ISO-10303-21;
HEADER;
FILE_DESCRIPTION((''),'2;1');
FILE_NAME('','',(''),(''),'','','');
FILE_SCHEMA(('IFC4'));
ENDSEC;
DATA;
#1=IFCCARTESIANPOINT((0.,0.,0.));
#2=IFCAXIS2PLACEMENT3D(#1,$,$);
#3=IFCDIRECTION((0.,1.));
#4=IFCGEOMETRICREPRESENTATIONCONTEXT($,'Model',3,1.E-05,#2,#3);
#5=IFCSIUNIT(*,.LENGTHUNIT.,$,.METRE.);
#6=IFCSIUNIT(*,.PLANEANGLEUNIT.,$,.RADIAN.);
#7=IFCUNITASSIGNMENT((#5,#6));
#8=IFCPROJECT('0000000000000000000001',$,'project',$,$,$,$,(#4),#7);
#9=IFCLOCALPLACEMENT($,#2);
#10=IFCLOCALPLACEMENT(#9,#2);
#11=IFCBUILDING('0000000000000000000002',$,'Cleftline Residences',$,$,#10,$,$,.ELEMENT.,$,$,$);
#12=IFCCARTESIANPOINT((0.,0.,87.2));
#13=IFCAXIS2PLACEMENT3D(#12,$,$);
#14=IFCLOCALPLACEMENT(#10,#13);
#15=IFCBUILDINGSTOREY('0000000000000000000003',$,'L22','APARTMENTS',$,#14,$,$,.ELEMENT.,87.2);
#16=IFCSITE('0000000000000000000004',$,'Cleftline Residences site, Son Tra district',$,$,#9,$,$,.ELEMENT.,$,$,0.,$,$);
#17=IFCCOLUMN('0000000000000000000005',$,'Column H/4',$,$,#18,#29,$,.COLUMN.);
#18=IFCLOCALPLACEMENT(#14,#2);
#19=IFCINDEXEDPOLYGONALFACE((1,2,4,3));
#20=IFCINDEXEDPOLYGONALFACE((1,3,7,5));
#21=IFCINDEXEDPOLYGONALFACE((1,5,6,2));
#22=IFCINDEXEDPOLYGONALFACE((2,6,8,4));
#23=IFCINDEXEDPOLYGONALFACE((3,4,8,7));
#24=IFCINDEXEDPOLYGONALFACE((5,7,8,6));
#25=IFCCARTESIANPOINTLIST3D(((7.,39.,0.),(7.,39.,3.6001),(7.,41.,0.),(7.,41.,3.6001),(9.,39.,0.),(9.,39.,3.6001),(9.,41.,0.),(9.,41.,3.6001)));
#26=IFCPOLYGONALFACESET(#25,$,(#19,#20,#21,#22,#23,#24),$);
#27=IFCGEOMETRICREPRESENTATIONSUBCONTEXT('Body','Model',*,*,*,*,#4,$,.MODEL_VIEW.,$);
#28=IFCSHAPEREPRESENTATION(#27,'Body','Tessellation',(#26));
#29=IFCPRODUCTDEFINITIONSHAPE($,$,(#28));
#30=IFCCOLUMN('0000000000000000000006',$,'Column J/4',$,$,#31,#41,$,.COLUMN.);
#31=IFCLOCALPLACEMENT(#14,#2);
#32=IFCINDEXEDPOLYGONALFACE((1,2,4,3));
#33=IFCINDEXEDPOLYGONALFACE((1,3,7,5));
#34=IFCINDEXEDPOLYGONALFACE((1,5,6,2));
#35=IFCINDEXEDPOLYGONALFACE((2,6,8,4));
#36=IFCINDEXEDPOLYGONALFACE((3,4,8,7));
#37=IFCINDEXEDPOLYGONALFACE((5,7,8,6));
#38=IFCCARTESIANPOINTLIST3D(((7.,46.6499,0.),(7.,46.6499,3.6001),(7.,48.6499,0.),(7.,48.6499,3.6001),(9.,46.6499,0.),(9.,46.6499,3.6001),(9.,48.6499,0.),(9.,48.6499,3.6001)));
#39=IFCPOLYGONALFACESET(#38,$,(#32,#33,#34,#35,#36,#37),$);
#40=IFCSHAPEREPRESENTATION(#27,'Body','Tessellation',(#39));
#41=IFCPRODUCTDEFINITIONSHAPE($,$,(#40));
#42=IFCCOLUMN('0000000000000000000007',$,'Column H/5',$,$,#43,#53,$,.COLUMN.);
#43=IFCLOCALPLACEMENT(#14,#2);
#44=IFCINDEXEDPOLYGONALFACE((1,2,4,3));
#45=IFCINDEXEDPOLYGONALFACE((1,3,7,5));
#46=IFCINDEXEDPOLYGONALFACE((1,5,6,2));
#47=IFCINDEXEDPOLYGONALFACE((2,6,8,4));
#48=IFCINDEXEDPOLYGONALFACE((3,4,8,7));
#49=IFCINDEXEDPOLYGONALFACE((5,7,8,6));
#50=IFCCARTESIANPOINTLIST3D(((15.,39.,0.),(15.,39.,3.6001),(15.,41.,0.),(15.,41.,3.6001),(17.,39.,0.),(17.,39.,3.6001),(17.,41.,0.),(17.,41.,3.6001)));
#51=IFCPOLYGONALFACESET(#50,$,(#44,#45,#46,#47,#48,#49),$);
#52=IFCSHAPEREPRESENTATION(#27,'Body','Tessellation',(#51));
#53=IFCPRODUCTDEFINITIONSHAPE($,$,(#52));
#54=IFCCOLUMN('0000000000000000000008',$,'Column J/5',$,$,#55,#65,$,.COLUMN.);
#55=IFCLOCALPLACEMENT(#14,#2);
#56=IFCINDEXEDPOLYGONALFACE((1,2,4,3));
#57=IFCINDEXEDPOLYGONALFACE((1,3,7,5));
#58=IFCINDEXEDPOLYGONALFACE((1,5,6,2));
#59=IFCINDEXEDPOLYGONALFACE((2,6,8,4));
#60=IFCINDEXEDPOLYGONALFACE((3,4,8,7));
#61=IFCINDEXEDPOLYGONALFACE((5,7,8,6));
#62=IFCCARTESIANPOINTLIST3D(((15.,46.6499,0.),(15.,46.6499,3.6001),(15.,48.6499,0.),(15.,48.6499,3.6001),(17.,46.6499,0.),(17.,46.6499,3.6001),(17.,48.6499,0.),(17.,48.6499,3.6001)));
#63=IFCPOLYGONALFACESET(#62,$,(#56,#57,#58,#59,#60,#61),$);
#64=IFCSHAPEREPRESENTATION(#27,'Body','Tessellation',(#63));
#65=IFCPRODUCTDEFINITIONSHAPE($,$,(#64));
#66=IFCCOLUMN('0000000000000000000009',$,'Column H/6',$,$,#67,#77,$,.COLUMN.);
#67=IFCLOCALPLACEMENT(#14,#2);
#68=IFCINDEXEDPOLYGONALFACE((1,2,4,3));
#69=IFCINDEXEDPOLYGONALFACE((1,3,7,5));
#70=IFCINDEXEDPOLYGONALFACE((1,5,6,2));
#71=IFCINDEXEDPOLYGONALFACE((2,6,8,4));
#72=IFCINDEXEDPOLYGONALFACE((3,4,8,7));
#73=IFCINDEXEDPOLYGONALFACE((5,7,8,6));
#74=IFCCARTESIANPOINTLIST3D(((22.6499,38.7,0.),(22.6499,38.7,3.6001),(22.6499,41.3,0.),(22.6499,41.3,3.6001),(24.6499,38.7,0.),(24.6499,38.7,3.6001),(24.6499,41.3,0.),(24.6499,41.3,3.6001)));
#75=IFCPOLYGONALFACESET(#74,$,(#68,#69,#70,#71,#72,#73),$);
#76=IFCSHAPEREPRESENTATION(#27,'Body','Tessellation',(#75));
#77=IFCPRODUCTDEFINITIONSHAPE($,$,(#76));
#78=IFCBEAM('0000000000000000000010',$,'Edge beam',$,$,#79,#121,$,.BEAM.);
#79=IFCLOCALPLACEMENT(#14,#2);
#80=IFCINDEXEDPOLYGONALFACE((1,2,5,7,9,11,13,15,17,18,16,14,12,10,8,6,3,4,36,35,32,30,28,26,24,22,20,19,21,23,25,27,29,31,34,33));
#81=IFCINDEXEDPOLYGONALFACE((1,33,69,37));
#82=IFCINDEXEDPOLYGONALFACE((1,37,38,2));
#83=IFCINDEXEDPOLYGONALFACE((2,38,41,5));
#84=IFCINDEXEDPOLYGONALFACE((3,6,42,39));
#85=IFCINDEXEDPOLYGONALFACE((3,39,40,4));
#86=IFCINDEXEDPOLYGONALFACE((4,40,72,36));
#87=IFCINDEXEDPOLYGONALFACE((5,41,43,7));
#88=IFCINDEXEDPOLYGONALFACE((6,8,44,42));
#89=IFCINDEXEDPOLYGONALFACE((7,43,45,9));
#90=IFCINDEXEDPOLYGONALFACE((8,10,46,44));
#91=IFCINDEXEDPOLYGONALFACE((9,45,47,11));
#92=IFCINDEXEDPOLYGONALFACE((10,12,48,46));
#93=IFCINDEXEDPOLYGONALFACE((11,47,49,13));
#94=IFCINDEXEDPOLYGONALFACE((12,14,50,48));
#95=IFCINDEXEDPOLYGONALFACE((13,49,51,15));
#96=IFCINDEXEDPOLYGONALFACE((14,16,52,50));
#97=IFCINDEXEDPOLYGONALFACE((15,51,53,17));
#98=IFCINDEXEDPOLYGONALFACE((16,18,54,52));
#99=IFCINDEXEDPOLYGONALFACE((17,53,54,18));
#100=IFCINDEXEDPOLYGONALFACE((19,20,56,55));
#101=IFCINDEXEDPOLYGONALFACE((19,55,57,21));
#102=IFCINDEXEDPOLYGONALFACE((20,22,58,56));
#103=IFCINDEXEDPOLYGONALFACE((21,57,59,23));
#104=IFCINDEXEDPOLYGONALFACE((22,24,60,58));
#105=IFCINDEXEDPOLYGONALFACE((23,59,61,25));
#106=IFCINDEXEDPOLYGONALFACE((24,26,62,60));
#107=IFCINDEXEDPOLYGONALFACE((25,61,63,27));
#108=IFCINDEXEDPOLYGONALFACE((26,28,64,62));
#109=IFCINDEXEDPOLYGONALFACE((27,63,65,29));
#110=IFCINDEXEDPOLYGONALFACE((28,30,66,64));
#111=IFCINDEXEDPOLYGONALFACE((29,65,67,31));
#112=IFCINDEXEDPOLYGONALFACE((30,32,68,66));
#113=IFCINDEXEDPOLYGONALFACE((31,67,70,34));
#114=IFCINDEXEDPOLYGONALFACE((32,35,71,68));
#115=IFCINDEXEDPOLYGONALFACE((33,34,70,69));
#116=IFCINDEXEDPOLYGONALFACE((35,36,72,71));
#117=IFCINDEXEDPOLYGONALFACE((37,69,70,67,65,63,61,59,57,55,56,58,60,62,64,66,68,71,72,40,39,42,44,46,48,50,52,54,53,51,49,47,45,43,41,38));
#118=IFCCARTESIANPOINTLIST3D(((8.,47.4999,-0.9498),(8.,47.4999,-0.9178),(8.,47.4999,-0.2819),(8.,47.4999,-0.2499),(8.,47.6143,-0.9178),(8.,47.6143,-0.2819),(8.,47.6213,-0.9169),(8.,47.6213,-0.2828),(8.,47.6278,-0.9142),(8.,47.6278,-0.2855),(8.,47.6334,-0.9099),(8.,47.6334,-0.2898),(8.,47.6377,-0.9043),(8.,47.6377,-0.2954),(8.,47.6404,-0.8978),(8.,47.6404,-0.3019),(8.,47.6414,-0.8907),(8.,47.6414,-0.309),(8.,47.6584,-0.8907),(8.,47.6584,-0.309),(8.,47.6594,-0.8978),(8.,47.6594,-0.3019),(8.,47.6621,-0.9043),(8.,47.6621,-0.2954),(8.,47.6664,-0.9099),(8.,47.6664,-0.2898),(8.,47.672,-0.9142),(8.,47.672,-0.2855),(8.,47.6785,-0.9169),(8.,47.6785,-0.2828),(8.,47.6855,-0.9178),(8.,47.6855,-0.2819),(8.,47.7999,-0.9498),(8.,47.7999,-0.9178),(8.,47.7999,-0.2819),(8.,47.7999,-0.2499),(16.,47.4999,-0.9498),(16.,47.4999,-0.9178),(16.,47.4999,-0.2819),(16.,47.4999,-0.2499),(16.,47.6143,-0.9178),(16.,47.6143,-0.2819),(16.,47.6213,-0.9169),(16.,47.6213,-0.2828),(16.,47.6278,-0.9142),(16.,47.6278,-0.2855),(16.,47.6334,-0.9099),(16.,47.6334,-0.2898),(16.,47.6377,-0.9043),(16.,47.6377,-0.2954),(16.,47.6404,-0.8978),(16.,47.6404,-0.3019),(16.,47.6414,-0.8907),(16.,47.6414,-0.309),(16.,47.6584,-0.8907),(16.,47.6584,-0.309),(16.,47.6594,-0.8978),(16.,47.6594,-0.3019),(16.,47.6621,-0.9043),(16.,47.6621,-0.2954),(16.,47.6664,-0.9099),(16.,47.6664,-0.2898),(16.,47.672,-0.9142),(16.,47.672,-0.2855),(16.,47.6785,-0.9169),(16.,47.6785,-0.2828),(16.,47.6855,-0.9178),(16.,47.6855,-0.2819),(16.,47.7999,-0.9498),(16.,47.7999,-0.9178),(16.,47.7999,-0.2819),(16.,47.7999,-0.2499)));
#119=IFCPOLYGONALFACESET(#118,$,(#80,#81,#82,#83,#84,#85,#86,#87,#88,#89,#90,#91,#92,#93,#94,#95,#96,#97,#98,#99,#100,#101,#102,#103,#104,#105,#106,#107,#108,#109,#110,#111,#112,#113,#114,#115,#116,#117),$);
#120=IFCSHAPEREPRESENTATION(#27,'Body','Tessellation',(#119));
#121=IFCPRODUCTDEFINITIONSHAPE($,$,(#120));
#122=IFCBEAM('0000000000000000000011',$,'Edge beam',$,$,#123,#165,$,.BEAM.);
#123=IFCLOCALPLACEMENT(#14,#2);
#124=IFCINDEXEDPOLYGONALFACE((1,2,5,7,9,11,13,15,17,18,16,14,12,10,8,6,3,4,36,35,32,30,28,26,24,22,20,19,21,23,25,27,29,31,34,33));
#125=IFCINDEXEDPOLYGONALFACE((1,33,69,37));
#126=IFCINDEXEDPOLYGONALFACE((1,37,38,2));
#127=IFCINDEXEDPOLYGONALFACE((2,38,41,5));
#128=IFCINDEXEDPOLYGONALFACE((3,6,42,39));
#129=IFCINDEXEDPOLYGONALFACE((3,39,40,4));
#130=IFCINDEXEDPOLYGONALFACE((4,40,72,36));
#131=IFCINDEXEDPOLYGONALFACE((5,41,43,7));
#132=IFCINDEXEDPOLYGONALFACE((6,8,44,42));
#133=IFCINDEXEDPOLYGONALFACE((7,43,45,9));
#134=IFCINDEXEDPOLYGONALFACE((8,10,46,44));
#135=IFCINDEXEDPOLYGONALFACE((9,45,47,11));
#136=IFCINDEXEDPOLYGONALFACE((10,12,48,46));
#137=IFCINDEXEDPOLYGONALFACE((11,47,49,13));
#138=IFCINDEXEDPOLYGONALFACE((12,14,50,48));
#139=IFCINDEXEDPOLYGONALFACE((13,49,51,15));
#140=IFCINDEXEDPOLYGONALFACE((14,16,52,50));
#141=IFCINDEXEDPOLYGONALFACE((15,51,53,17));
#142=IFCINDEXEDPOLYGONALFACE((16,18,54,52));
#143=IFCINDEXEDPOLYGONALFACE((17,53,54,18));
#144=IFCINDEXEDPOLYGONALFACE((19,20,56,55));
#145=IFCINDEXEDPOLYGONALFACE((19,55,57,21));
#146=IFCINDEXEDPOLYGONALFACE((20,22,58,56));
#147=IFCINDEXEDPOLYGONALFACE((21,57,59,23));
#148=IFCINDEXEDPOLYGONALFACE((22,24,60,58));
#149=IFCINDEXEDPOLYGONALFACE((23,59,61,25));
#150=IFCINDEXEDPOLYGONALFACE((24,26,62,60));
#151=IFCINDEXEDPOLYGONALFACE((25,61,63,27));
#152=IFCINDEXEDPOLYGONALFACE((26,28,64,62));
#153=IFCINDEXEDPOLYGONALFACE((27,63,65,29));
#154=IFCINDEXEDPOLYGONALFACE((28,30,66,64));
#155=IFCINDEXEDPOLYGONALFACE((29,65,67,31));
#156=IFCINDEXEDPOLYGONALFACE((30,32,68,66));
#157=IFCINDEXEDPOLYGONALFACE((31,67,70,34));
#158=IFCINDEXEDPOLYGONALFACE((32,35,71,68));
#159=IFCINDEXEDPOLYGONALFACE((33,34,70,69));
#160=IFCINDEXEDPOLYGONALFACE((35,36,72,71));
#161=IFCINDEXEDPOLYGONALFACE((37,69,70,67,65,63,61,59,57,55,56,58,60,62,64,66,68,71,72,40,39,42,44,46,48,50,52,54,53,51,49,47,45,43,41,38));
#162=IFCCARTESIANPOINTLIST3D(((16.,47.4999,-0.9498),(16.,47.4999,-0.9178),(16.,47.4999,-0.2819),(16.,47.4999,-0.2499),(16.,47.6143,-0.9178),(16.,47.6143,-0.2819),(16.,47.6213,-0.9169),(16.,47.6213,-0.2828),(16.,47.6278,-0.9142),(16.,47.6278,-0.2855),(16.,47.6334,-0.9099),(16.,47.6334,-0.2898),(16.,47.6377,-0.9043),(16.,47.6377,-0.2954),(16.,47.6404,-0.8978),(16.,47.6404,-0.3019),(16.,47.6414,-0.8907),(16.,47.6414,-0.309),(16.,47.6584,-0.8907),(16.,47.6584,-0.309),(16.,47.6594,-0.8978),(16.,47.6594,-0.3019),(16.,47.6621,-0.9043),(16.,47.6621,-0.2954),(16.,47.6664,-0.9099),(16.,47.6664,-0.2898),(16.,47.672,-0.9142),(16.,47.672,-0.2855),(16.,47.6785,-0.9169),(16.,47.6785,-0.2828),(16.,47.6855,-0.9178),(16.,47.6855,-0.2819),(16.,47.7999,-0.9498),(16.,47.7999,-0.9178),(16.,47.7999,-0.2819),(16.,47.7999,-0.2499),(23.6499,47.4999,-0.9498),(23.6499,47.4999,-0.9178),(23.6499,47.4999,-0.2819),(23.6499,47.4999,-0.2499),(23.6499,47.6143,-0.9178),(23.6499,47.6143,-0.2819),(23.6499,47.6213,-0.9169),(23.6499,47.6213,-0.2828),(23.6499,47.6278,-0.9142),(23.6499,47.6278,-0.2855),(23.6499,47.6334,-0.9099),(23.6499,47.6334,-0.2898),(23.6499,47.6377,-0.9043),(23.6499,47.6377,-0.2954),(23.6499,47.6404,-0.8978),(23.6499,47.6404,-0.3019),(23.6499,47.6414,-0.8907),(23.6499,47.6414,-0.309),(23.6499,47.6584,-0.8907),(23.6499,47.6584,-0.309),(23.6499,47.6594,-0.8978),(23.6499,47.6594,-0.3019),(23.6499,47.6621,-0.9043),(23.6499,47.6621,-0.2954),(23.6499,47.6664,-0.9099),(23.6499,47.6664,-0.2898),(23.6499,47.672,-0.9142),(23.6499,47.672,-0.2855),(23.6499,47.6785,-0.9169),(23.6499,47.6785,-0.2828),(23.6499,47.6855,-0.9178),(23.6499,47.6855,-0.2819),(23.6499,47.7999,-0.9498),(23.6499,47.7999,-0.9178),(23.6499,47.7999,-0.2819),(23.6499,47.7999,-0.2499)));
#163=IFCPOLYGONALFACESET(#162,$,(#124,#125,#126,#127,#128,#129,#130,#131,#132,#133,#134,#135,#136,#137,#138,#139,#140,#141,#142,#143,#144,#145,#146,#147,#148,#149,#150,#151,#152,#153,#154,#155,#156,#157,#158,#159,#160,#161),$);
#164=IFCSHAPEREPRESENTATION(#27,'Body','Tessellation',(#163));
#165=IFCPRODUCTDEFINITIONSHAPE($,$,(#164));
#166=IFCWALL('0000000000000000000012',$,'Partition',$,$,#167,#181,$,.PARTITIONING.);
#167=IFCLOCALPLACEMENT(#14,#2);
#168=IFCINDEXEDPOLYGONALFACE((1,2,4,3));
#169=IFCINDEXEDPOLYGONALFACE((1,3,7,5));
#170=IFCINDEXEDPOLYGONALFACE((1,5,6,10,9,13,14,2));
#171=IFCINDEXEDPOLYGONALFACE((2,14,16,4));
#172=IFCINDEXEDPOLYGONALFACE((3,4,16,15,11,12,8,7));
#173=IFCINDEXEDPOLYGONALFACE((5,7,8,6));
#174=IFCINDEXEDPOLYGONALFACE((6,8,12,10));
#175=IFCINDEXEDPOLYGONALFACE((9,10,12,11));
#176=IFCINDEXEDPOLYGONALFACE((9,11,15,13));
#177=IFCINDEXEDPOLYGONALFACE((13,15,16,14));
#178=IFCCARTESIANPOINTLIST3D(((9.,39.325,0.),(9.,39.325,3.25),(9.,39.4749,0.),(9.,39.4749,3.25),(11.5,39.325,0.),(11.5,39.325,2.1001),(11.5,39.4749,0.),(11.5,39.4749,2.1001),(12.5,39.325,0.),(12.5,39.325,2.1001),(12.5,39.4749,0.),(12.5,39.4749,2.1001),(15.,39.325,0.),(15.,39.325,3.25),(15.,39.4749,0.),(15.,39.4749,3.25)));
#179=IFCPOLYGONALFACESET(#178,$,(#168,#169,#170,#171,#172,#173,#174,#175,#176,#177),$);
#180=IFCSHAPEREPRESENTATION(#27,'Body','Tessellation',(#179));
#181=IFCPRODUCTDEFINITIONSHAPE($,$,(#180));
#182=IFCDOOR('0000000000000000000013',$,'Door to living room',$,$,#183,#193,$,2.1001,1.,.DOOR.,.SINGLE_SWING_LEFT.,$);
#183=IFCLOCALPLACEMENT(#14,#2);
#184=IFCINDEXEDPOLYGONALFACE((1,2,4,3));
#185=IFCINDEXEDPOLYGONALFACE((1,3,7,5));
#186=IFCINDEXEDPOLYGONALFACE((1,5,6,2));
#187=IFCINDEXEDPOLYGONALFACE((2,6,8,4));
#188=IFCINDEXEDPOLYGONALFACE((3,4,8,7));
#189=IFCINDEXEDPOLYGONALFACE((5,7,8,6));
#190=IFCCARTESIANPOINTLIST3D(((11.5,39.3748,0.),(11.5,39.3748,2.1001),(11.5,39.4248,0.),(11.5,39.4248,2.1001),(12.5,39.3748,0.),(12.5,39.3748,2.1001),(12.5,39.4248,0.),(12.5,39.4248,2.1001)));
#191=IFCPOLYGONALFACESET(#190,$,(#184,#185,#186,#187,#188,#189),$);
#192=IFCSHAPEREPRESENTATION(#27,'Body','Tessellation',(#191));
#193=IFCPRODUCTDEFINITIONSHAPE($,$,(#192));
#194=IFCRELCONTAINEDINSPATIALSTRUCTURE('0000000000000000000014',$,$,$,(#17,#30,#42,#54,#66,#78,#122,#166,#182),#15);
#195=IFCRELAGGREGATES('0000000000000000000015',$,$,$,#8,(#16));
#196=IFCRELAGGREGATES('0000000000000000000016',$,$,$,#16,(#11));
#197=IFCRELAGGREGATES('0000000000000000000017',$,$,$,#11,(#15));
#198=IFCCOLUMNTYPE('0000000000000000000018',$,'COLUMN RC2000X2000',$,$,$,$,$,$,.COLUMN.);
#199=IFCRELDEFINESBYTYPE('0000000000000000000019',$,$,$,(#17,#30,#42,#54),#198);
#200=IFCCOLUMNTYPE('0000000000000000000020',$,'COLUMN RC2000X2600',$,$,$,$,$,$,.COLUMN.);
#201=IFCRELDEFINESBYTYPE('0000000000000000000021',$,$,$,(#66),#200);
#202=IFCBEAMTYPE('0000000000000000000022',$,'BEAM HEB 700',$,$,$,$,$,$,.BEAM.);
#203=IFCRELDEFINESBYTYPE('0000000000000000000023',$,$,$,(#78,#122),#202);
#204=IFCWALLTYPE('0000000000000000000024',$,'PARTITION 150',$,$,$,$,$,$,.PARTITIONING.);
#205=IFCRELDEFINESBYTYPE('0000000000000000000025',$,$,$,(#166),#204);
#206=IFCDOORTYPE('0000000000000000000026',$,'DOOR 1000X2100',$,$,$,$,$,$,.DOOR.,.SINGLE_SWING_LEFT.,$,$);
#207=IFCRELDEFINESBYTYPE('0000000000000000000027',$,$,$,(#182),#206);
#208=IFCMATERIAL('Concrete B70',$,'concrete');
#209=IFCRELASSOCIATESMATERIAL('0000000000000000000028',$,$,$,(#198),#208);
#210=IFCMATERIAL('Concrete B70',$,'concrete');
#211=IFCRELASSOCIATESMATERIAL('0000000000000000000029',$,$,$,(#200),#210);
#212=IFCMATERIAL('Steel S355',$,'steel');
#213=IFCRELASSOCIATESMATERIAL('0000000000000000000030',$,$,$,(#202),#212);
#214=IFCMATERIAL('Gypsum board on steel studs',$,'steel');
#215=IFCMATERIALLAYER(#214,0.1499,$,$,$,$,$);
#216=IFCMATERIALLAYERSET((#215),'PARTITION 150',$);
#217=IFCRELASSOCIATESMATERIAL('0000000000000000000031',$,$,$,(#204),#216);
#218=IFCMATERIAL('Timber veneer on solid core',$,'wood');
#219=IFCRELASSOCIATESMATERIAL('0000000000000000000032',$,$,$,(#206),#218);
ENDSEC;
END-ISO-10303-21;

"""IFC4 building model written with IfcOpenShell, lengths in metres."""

from ifc_helpers import new_model, si_unit, direction, frame, frame_2d, origin, origin_2d, place, context, subcontext, project, spatial, rectangle, i_section, extrude, material, layer, layer_set, material_profile, profile_set, type_object, element, fill, save


model = new_model("IFC4")

# Units and contexts
model_context = context("Model", 3, precision=1e-05, world=origin(), true_north=direction((0.0, 1.0)))
body_context = subcontext(model_context, "Body", "Model", "MODEL_VIEW")
ifc_project = project(units=[si_unit("LENGTHUNIT", "METRE"), si_unit("PLANEANGLEUNIT", "RADIAN")], contexts=[model_context])

# Site, building, storey
site_placement = place(None, origin())
site = spatial("IfcSite", under=ifc_project, at=site_placement, Name="Cleftline Residences site, Son Tra district", CompositionType="ELEMENT", RefElevation=0.0)
building_placement = place(site_placement, origin())
building = spatial("IfcBuilding", under=site, at=building_placement, Name="Cleftline Residences", CompositionType="ELEMENT")
storey_placement = place(building_placement, frame((0.0, 0.0, 87.2)))
storey = spatial("IfcBuildingStorey", under=building, at=storey_placement, Name="L22", Description="APARTMENTS", CompositionType="ELEMENT", Elevation=87.2)

# Columns
ifc_material_1 = material(Name="Concrete B70", Category="concrete")
ifc_material_profile_1 = material_profile(ifc_material_1, rectangle(XDim=2.0, YDim=2.0, at=origin_2d()))
ifc_profile_set_1 = profile_set([ifc_material_profile_1], Name="Concrete B70")
column_type_1 = type_object("IfcColumnType", Name="COLUMN RC2000X2000", PredefinedType="COLUMN", material=ifc_profile_set_1)
for number, where, z_axis, x_axis, name in (
    (1, (8.0, 40.0, 0.0), (0.0, 0.0, 1.0), (1.0, 0.0, 0.0), "Column H/4"),
    (2, (8.0, 47.6499, 0.0), (0.0, 0.0, 1.0), (1.0, 0.0, 0.0), "Column J/4"),
    (3, (16.0, 40.0, 0.0), (0.0, 0.0, 1.0), (1.0, 0.0, 0.0), "Column H/5"),
    (4, (16.0, 47.6499, 0.0), (0.0, 0.0, 1.0), (1.0, 0.0, 0.0), "Column J/5"),
):
    element("IfcColumn", number, at=place(storey_placement, frame(where, z_axis=z_axis, x_axis=x_axis)), inside=storey, type_object=column_type_1, Name=name, PredefinedType="COLUMN", context=body_context, shape_type="SweptSolid", body=[
        extrude(rectangle(XDim=2.0, YDim=2.0, at=origin_2d()), origin(), (0.0, 0.0, 1.0), 3.6001),
    ])
ifc_material_2 = material(Name="Concrete B70", Category="concrete")
ifc_material_profile_2 = material_profile(ifc_material_2, rectangle(XDim=2.0, YDim=2.6001, at=origin_2d()))
ifc_profile_set_2 = profile_set([ifc_material_profile_2], Name="Concrete B70")
column_type_2 = type_object("IfcColumnType", Name="COLUMN RC2000X2600", PredefinedType="COLUMN", material=ifc_profile_set_2)
column_placement = place(storey_placement, frame((23.6499, 40.0, 0.0), z_axis=(0.0, 0.0, 1.0), x_axis=(1.0, 0.0, 0.0)))
element("IfcColumn", 5, at=column_placement, inside=storey, type_object=column_type_2, Name="Column H/6", PredefinedType="COLUMN", context=body_context, shape_type="SweptSolid", body=[
    extrude(rectangle(XDim=2.0, YDim=2.6001, at=origin_2d()), origin(), (0.0, 0.0, 1.0), 3.6001),
])

# Beams
ifc_material_3 = material(Name="Steel S355", Category="steel")
ifc_material_profile_3 = material_profile(ifc_material_3, i_section(OverallWidth=0.3, OverallDepth=0.7, WebThickness=0.0171, FlangeThickness=0.032, FilletRadius=0.0271, at=origin_2d()))
ifc_profile_set_3 = profile_set([ifc_material_profile_3], Name="Steel S355")
beam_type = type_object("IfcBeamType", Name="BEAM HEB 700", PredefinedType="BEAM", material=ifc_profile_set_3)
beam_1_placement = place(storey_placement, frame((8.0, 47.6499, -0.5999), z_axis=(1.0, 0.0, 0.0), x_axis=(0.0, 1.0, 0.0)))
element("IfcBeam", 6, at=beam_1_placement, inside=storey, type_object=beam_type, Name="Edge beam", PredefinedType="BEAM", context=body_context, shape_type="SweptSolid", body=[
    extrude(i_section(OverallWidth=0.3, OverallDepth=0.7, WebThickness=0.0171, FlangeThickness=0.032, FilletRadius=0.0271, at=origin_2d()), origin(), (0.0, 0.0, 1.0), 8.0),
])
beam_2_placement = place(storey_placement, frame((16.0, 47.6499, -0.5999), z_axis=(1.0, 0.0, 0.0), x_axis=(0.0, 1.0, 0.0)))
element("IfcBeam", 7, at=beam_2_placement, inside=storey, type_object=beam_type, Name="Edge beam", PredefinedType="BEAM", context=body_context, shape_type="SweptSolid", body=[
    extrude(i_section(OverallWidth=0.3, OverallDepth=0.7, WebThickness=0.0171, FlangeThickness=0.032, FilletRadius=0.0271, at=origin_2d()), origin(), (0.0, 0.0, 1.0), 7.6499),
])

# Wall, opening, door
ifc_material_4 = material(Name="Gypsum board on steel studs", Category="steel")
ifc_layer = layer(ifc_material_4, 0.1499)
ifc_layer_set = layer_set([ifc_layer], Name="PARTITION 150")
wall_type = type_object("IfcWallType", Name="PARTITION 150", PredefinedType="PARTITIONING", material=ifc_layer_set)
wall_1_placement = place(storey_placement, frame((9.0, 39.3999, 0.0), z_axis=(0.0, 0.0, 1.0), x_axis=(1.0, 0.0, 0.0)))
wall_1 = element("IfcWall", 8, at=wall_1_placement, inside=storey, type_object=wall_type, Name="Partition", PredefinedType="PARTITIONING", context=body_context, shape_type="SweptSolid", body=[
    extrude(rectangle(XDim=6.0, YDim=0.1499, at=frame_2d((3.0, 0.0))), origin(), (0.0, 0.0, 1.0), 3.25),
])
opening_1_placement = place(wall_1_placement, frame((2.5, 0.0, 0.0)))
opening_1 = element("IfcOpeningElement", 9, at=opening_1_placement, cuts=wall_1, PredefinedType="OPENING", context=body_context, shape_type="SweptSolid", body=[
    extrude(rectangle(XDim=1.0, YDim=2.1001, at=frame_2d((0.5, 1.05))), frame((0.0, 0.085, 0.0), z_axis=(0.0, -1.0, 0.0), x_axis=(1.0, 0.0, 0.0)), (0.0, 0.0, 1.0), 0.1699),
])
ifc_material_5 = material(Name="Timber veneer on solid core", Category="wood")
door_type_1 = type_object("IfcDoorType", Name="DOOR 1000X2100", OperationType="SINGLE_SWING_LEFT", PredefinedType="DOOR", material=ifc_material_5)
door_1_placement = place(opening_1_placement, origin())
door_1 = element("IfcDoor", 10, at=door_1_placement, inside=storey, type_object=door_type_1, Name="Door to living room", OperationType="SINGLE_SWING_LEFT", OverallHeight=2.1001, OverallWidth=1.0, PredefinedType="DOOR", context=body_context, shape_type="SweptSolid", body=[
    extrude(rectangle(XDim=1.0, YDim=2.1001, at=frame_2d((0.5, 1.05))), frame((0.0, 0.0249, 0.0), z_axis=(0.0, -1.0, 0.0), x_axis=(1.0, 0.0, 0.0)), (0.0, 0.0, 1.0), 0.05),
])
fill(opening_1, door_1)

save(model, "model.ifc")
